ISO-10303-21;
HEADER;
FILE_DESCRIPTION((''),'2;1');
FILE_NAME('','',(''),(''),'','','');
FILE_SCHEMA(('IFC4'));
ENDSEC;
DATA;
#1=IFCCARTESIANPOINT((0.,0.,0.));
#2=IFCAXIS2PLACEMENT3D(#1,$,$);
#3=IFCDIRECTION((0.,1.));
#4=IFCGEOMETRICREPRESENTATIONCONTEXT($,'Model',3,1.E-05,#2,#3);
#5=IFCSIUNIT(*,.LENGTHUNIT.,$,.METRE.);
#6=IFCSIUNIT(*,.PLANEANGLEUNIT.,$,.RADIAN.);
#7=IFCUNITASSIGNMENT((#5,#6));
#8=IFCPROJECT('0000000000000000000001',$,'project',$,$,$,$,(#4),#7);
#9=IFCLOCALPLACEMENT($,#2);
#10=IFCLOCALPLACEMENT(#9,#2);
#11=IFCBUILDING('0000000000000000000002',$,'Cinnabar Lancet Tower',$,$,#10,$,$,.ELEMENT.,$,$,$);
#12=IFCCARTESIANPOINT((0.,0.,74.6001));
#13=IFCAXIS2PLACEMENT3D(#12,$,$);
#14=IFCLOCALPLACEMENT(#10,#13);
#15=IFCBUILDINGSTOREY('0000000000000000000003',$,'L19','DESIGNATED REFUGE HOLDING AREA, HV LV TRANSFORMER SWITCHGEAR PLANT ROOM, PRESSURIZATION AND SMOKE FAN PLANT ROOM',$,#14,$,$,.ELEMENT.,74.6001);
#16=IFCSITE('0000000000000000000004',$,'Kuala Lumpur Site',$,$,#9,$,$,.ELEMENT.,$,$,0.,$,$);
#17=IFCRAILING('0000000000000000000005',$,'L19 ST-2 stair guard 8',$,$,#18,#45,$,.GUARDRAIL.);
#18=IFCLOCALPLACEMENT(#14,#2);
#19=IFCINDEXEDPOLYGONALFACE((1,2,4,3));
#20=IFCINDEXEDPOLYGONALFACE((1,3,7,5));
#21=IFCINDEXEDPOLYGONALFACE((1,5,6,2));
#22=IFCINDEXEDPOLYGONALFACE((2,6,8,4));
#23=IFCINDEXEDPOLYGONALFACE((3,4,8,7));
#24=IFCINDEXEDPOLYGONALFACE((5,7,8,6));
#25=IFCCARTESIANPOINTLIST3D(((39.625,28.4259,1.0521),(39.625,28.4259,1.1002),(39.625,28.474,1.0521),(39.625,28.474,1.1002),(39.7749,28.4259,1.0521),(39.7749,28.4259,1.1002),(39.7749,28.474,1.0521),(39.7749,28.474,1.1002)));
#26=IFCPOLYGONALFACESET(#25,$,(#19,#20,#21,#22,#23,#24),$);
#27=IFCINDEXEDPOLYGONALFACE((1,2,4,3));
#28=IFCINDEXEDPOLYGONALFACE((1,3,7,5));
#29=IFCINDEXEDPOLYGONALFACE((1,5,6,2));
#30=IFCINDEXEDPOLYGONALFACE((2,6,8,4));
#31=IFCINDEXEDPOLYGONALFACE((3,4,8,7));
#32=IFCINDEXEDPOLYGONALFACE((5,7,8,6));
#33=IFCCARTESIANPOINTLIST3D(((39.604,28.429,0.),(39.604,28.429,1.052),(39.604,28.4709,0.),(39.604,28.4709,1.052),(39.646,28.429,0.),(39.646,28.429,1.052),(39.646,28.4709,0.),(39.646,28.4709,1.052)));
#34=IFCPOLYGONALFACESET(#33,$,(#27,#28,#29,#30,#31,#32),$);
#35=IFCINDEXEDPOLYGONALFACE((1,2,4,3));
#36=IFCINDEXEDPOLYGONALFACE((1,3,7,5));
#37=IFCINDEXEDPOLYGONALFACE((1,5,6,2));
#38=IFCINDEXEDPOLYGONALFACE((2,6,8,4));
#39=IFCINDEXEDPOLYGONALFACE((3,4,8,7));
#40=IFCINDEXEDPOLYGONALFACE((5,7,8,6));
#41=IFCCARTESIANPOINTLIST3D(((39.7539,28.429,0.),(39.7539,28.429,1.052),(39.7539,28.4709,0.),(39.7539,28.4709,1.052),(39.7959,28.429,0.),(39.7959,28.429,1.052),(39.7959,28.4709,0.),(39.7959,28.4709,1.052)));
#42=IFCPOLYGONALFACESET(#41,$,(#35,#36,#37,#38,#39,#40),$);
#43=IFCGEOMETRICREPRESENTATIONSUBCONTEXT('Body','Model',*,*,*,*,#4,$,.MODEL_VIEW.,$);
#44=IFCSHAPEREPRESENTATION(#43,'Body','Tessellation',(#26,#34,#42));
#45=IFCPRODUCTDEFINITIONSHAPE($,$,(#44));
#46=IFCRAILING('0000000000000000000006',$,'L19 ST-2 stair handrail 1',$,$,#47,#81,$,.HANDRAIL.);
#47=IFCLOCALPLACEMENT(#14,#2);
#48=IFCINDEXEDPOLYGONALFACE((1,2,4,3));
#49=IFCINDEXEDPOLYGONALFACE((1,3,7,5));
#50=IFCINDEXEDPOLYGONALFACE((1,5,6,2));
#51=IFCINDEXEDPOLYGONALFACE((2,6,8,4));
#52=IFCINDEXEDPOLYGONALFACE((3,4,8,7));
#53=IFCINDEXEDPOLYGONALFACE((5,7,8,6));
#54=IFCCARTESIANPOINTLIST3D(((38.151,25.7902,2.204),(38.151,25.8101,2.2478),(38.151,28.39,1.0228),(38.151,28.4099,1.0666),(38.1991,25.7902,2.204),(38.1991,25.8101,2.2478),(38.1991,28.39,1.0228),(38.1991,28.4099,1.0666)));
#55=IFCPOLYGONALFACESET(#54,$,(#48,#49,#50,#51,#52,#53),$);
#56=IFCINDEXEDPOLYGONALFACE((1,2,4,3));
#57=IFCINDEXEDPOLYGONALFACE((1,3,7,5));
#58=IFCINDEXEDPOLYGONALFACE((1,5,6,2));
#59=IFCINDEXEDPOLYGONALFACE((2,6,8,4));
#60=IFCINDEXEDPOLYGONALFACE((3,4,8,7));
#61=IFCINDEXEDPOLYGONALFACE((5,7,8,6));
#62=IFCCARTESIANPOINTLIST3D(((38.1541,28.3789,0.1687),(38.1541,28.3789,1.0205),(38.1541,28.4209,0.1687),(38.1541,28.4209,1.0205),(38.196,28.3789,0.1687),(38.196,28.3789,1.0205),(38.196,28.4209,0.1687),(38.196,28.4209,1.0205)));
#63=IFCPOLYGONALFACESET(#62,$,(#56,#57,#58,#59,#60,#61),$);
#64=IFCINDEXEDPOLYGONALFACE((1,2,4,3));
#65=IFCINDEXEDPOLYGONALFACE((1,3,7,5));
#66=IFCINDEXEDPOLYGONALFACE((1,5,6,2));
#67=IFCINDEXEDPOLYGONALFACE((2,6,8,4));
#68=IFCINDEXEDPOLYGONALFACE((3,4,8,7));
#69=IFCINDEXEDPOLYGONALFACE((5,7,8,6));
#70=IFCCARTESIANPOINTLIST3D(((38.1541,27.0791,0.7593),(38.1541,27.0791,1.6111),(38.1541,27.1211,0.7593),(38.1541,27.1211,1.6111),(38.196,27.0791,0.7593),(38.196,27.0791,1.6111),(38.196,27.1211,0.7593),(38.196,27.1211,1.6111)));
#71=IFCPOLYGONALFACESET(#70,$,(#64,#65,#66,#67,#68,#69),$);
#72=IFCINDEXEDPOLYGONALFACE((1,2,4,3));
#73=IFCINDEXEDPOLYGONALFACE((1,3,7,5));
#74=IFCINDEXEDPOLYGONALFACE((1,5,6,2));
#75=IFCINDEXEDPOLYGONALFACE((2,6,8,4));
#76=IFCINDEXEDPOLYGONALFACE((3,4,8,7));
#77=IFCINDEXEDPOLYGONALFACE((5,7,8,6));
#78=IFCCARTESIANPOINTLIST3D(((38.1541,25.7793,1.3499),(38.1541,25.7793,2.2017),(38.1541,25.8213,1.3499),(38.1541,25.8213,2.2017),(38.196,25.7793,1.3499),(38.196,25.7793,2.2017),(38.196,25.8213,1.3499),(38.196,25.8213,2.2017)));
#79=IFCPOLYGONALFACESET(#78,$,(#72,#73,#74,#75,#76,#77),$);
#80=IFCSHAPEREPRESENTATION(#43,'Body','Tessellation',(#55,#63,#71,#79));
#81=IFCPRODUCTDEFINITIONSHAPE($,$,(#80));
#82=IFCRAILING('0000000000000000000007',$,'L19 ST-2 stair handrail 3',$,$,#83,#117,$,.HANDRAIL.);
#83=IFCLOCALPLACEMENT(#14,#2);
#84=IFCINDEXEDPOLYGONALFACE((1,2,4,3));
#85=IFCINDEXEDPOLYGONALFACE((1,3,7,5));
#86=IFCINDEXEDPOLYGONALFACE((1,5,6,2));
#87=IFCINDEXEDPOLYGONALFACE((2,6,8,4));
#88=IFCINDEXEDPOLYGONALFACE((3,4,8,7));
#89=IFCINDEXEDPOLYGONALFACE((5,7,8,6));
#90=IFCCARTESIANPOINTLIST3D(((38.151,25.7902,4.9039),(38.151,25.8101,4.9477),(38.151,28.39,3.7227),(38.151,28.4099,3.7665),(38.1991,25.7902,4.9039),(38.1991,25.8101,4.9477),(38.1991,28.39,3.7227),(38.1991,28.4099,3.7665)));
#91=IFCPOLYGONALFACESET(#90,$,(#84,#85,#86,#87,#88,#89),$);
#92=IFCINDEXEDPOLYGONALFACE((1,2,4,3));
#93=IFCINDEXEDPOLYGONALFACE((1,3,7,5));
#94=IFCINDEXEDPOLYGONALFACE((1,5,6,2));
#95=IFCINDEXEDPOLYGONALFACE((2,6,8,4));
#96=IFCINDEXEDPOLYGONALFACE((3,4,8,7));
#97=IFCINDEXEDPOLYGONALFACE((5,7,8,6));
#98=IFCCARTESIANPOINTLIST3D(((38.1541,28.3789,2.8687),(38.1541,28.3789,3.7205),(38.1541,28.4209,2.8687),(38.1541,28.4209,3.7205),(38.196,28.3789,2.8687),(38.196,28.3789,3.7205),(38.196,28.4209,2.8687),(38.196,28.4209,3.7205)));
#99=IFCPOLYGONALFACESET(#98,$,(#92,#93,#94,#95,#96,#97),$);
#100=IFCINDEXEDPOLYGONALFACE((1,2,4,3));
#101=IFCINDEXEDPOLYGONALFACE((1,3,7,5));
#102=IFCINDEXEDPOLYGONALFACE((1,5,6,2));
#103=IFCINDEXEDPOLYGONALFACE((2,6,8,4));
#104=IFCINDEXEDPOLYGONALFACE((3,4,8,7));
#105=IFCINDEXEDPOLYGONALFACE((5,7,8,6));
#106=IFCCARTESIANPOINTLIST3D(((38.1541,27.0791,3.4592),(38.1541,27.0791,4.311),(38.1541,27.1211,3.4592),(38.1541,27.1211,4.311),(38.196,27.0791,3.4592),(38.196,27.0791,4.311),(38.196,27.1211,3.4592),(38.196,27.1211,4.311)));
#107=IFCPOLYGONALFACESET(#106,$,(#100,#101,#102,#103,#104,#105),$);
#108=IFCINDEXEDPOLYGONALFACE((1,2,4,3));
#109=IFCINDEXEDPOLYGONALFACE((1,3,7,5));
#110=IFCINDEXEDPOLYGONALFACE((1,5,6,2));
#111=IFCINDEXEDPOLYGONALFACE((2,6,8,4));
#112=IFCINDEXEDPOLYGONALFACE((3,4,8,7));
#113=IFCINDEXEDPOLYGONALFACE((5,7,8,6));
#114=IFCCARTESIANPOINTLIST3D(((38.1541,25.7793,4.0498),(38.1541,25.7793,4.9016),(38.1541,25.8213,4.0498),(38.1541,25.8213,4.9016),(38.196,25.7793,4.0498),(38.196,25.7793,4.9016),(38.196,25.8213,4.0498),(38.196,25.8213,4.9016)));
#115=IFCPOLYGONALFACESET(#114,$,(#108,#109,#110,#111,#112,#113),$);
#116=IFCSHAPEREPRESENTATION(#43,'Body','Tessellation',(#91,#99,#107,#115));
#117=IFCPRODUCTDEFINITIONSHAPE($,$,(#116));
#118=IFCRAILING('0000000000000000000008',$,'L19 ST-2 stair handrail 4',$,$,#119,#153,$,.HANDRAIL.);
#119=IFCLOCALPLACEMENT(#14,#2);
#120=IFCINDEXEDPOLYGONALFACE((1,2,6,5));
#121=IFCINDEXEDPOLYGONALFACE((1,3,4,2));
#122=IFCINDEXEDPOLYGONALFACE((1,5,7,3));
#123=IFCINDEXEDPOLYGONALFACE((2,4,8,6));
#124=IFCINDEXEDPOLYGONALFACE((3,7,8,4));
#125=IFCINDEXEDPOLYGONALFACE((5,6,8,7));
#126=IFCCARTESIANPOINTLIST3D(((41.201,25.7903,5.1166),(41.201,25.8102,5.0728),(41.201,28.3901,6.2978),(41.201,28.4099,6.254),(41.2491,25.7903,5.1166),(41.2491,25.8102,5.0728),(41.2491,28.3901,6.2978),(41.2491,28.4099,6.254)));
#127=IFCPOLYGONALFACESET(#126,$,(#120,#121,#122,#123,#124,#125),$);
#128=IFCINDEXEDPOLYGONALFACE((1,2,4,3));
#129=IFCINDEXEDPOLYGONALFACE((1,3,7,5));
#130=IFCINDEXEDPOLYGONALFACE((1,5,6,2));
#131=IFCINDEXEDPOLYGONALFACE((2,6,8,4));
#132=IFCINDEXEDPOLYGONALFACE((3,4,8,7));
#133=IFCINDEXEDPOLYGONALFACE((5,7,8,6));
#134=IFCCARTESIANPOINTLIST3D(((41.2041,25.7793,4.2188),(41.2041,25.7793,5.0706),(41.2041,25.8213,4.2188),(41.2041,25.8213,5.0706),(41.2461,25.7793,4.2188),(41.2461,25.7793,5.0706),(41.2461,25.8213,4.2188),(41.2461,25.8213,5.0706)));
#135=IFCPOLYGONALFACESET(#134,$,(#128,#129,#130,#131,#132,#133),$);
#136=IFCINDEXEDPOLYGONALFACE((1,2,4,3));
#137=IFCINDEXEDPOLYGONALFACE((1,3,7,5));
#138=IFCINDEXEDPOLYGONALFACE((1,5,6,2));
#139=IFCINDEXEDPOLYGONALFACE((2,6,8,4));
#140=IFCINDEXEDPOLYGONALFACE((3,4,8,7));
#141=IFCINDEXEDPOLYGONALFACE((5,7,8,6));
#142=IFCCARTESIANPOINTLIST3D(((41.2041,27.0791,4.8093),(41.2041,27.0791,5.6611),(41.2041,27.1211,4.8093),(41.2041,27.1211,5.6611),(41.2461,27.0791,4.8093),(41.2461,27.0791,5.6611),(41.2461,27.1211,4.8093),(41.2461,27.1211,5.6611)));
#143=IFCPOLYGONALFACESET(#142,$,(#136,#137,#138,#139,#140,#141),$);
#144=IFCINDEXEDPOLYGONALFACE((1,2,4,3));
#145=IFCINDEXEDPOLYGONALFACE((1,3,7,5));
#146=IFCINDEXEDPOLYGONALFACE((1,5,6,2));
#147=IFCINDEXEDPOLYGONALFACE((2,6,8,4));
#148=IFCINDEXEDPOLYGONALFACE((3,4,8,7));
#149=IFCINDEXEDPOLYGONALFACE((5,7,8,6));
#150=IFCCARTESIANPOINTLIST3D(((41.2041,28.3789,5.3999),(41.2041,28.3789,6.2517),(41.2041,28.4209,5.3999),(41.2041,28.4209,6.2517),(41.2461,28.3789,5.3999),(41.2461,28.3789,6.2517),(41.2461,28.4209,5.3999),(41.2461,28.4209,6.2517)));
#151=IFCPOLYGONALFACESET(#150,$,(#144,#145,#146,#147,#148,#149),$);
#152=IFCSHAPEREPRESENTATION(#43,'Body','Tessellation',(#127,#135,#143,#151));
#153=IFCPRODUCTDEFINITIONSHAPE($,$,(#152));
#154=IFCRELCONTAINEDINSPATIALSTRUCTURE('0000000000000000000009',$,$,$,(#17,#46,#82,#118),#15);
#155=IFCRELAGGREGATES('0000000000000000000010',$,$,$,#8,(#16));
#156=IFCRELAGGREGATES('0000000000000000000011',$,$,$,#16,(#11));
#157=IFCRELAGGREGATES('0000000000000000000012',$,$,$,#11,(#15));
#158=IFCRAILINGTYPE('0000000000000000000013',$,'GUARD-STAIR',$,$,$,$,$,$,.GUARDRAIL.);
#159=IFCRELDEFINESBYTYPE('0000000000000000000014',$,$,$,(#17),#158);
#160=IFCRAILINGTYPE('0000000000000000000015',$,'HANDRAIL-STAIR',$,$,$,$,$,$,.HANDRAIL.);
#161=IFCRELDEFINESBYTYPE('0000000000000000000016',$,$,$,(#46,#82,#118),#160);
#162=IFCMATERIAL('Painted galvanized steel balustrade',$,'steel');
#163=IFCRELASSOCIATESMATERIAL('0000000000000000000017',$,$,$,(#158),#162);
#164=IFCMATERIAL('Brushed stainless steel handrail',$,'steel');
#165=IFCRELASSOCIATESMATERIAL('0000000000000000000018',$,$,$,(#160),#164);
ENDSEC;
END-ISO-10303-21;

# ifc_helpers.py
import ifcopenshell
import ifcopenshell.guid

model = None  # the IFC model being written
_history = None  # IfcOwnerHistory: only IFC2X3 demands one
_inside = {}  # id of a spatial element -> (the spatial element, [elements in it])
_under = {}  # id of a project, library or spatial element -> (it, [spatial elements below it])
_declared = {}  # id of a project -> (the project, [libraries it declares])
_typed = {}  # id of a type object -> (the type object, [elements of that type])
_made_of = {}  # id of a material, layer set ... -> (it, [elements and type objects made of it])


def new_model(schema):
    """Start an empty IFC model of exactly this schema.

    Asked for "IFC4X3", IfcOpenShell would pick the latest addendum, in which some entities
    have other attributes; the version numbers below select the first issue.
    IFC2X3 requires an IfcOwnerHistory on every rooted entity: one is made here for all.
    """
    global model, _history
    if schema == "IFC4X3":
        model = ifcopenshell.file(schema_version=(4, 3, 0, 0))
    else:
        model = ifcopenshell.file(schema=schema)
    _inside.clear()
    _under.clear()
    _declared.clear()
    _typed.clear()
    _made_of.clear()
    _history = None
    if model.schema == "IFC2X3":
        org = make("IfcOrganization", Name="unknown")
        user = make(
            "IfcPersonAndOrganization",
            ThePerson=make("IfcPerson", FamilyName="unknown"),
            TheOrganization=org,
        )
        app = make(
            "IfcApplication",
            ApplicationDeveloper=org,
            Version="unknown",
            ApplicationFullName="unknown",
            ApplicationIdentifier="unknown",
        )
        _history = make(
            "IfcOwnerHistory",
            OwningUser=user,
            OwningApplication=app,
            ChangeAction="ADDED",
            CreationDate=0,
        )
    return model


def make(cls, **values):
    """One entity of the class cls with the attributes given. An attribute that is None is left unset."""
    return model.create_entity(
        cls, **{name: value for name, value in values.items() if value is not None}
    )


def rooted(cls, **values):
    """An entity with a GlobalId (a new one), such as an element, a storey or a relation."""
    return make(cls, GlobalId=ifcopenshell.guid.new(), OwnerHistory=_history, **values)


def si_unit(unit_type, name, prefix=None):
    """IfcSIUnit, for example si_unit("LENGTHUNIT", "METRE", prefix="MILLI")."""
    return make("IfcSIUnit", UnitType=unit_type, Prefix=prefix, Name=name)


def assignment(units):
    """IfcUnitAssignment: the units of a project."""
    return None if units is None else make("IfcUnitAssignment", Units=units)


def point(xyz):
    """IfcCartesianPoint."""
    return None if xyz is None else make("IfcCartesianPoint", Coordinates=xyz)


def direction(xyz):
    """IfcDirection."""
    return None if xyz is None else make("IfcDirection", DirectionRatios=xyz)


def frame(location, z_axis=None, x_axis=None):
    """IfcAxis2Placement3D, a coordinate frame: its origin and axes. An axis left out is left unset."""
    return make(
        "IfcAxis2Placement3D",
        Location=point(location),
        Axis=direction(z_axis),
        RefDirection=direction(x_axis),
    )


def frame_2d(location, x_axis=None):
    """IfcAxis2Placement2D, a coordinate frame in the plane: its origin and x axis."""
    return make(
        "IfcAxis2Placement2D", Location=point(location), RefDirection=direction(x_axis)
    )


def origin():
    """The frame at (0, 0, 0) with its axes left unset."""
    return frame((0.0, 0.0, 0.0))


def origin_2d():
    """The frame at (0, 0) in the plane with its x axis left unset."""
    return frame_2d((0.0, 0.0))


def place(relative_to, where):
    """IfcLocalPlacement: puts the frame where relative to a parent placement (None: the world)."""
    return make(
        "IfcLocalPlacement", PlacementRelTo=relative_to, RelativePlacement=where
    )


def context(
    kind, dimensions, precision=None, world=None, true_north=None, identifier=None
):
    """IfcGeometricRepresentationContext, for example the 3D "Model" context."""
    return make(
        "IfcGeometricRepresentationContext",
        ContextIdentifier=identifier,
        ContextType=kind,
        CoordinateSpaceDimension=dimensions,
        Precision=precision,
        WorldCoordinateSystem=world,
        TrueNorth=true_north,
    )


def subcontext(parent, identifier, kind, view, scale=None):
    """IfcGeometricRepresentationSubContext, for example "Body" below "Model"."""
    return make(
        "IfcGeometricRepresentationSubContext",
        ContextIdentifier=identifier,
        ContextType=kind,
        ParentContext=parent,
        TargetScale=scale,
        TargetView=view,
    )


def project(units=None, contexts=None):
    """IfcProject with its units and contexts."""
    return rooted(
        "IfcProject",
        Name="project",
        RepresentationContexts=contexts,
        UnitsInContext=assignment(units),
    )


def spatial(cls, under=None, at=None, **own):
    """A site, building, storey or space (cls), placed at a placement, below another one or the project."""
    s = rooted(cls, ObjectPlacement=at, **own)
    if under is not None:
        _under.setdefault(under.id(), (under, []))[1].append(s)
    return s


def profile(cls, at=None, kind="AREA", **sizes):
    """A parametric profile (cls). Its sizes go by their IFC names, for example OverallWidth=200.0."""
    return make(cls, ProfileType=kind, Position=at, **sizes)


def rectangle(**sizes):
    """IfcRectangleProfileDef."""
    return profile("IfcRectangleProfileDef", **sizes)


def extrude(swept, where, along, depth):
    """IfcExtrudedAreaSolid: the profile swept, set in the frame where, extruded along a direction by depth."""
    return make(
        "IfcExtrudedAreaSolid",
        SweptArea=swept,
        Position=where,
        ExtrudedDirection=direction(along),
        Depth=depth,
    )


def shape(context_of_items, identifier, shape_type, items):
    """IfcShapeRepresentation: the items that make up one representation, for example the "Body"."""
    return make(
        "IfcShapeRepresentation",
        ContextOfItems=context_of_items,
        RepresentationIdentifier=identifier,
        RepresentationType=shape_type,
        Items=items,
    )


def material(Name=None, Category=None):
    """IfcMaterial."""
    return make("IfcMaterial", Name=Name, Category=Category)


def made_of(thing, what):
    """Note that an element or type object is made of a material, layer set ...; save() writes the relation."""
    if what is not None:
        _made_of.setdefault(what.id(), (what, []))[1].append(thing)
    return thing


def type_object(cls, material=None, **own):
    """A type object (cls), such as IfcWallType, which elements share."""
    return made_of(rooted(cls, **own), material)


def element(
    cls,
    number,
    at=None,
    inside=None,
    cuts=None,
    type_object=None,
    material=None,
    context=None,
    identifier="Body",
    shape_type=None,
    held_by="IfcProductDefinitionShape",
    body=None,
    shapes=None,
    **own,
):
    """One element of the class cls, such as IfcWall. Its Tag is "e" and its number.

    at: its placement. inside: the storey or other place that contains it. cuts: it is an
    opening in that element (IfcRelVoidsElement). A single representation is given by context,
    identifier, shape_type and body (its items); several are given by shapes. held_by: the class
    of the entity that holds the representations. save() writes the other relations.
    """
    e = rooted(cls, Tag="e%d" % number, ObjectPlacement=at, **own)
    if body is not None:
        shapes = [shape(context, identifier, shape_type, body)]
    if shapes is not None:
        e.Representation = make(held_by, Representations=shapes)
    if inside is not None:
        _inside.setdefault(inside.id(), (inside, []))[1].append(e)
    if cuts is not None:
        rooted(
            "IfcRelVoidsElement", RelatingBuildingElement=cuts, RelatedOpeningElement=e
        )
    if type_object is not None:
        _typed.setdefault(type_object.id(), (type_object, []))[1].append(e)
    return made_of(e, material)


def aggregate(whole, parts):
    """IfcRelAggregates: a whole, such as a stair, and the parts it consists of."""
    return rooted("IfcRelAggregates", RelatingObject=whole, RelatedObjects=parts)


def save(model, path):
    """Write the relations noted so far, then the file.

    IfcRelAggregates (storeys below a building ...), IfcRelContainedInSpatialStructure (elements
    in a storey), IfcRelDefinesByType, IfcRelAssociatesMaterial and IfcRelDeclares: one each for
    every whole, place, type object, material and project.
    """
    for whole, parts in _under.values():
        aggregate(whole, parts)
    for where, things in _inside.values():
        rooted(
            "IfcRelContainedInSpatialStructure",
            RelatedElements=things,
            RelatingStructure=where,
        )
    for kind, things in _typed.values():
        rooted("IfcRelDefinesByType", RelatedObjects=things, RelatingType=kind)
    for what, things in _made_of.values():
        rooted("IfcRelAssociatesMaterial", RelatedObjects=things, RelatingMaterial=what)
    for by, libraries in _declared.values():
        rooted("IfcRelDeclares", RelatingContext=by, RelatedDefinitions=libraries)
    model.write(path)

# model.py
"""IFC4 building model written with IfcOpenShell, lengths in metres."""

from ifc_helpers import new_model, si_unit, direction, frame, origin, origin_2d, place, context, subcontext, project, spatial, rectangle, extrude, material, type_object, element, save


model = new_model("IFC4")

# Units and contexts
model_context = context("Model", 3, precision=1e-05, world=origin(), true_north=direction((0.0, 1.0)))
body_context = subcontext(model_context, "Body", "Model", "MODEL_VIEW")
ifc_project = project(units=[si_unit("LENGTHUNIT", "METRE"), si_unit("PLANEANGLEUNIT", "RADIAN")], contexts=[model_context])

# Site, building, storey
site_placement = place(None, origin())
site = spatial("IfcSite", under=ifc_project, at=site_placement, Name="Kuala Lumpur Site", CompositionType="ELEMENT", RefElevation=0.0)
building_placement = place(site_placement, origin())
building = spatial("IfcBuilding", under=site, at=building_placement, Name="Cinnabar Lancet Tower", CompositionType="ELEMENT")
storey_placement = place(building_placement, frame((0.0, 0.0, 74.6001)))
storey = spatial("IfcBuildingStorey", under=building, at=storey_placement, Name="L19", Description="DESIGNATED REFUGE HOLDING AREA, HV LV TRANSFORMER SWITCHGEAR PLANT ROOM, PRESSURIZATION AND SMOKE FAN PLANT ROOM", CompositionType="ELEMENT", Elevation=74.6001)

# Railings
ifc_material_1 = material(Name="Painted galvanized steel balustrade", Category="steel")
railing_type_1 = type_object("IfcRailingType", Name="GUARD-STAIR", PredefinedType="GUARDRAIL", material=ifc_material_1)
railing_1_placement = place(storey_placement, frame((39.625, 28.45, 0.0)))
element("IfcRailing", 1, at=railing_1_placement, inside=storey, type_object=railing_type_1, Name="L19 ST-2 stair guard 8", PredefinedType="GUARDRAIL", context=body_context, shape_type="SweptSolid", body=[
    extrude(rectangle(XDim=0.0481, YDim=0.0481, at=origin_2d()), frame((0.0, 0.0, 1.0762), z_axis=(1.0, 0.0, 0.0), x_axis=(0.0, 1.0, 0.0)), (0.0, 0.0, 1.0), 0.1499),
    extrude(rectangle(XDim=0.042, YDim=0.042, at=origin_2d()), origin(), (0.0, 0.0, 1.0), 1.052),
    extrude(rectangle(XDim=0.042, YDim=0.042, at=origin_2d()), frame((0.1499, 0.0, 0.0)), (0.0, 0.0, 1.0), 1.052),
])
ifc_material_2 = material(Name="Brushed stainless steel handrail", Category="steel")
railing_type_2 = type_object("IfcRailingType", Name="HANDRAIL-STAIR", PredefinedType="HANDRAIL", material=ifc_material_2)
for number, where, name in (
    (2, (38.175, 28.3999, 0.1687), "L19 ST-2 stair handrail 1"),
    (3, (38.175, 28.3999, 2.8687), "L19 ST-2 stair handrail 3"),
):
    element("IfcRailing", number, at=place(storey_placement, frame(where)), inside=storey, type_object=railing_type_2, Name=name, PredefinedType="HANDRAIL", context=body_context, shape_type="SweptSolid", body=[
        extrude(rectangle(XDim=0.0481, YDim=0.0481, at=origin_2d()), frame((0.0, 0.0, 0.876), z_axis=(0.0, -0.910431, 0.413661), x_axis=(1.0, 0.0, 0.0)), (0.0, 0.0, 1.0), 2.8555),
        extrude(rectangle(XDim=0.042, YDim=0.042, at=origin_2d()), origin(), (0.0, 0.0, 1.0), 0.8518),
        extrude(rectangle(XDim=0.042, YDim=0.042, at=origin_2d()), frame((0.0, -1.2998, 0.5906)), (0.0, 0.0, 1.0), 0.8518),
        extrude(rectangle(XDim=0.042, YDim=0.042, at=origin_2d()), frame((0.0, -2.5996, 1.1812)), (0.0, 0.0, 1.0), 0.8518),
    ])
railing_2_placement = place(storey_placement, frame((41.2251, 25.8003, 4.2188)))
element("IfcRailing", 4, at=railing_2_placement, inside=storey, type_object=railing_type_2, Name="L19 ST-2 stair handrail 4", PredefinedType="HANDRAIL", context=body_context, shape_type="SweptSolid", body=[
    extrude(rectangle(XDim=0.0481, YDim=0.0481, at=origin_2d()), frame((0.0, 0.0, 0.876), z_axis=(0.0, 0.910431, 0.413661), x_axis=(-1.0, 0.0, 0.0)), (0.0, 0.0, 1.0), 2.8555),
    extrude(rectangle(XDim=0.042, YDim=0.042, at=origin_2d()), origin(), (0.0, 0.0, 1.0), 0.8518),
    extrude(rectangle(XDim=0.042, YDim=0.042, at=origin_2d()), frame((0.0, 1.2998, 0.5906)), (0.0, 0.0, 1.0), 0.8518),
    extrude(rectangle(XDim=0.042, YDim=0.042, at=origin_2d()), frame((0.0, 2.5996, 1.1812)), (0.0, 0.0, 1.0), 0.8518),
])

save(model, "model.ifc")
